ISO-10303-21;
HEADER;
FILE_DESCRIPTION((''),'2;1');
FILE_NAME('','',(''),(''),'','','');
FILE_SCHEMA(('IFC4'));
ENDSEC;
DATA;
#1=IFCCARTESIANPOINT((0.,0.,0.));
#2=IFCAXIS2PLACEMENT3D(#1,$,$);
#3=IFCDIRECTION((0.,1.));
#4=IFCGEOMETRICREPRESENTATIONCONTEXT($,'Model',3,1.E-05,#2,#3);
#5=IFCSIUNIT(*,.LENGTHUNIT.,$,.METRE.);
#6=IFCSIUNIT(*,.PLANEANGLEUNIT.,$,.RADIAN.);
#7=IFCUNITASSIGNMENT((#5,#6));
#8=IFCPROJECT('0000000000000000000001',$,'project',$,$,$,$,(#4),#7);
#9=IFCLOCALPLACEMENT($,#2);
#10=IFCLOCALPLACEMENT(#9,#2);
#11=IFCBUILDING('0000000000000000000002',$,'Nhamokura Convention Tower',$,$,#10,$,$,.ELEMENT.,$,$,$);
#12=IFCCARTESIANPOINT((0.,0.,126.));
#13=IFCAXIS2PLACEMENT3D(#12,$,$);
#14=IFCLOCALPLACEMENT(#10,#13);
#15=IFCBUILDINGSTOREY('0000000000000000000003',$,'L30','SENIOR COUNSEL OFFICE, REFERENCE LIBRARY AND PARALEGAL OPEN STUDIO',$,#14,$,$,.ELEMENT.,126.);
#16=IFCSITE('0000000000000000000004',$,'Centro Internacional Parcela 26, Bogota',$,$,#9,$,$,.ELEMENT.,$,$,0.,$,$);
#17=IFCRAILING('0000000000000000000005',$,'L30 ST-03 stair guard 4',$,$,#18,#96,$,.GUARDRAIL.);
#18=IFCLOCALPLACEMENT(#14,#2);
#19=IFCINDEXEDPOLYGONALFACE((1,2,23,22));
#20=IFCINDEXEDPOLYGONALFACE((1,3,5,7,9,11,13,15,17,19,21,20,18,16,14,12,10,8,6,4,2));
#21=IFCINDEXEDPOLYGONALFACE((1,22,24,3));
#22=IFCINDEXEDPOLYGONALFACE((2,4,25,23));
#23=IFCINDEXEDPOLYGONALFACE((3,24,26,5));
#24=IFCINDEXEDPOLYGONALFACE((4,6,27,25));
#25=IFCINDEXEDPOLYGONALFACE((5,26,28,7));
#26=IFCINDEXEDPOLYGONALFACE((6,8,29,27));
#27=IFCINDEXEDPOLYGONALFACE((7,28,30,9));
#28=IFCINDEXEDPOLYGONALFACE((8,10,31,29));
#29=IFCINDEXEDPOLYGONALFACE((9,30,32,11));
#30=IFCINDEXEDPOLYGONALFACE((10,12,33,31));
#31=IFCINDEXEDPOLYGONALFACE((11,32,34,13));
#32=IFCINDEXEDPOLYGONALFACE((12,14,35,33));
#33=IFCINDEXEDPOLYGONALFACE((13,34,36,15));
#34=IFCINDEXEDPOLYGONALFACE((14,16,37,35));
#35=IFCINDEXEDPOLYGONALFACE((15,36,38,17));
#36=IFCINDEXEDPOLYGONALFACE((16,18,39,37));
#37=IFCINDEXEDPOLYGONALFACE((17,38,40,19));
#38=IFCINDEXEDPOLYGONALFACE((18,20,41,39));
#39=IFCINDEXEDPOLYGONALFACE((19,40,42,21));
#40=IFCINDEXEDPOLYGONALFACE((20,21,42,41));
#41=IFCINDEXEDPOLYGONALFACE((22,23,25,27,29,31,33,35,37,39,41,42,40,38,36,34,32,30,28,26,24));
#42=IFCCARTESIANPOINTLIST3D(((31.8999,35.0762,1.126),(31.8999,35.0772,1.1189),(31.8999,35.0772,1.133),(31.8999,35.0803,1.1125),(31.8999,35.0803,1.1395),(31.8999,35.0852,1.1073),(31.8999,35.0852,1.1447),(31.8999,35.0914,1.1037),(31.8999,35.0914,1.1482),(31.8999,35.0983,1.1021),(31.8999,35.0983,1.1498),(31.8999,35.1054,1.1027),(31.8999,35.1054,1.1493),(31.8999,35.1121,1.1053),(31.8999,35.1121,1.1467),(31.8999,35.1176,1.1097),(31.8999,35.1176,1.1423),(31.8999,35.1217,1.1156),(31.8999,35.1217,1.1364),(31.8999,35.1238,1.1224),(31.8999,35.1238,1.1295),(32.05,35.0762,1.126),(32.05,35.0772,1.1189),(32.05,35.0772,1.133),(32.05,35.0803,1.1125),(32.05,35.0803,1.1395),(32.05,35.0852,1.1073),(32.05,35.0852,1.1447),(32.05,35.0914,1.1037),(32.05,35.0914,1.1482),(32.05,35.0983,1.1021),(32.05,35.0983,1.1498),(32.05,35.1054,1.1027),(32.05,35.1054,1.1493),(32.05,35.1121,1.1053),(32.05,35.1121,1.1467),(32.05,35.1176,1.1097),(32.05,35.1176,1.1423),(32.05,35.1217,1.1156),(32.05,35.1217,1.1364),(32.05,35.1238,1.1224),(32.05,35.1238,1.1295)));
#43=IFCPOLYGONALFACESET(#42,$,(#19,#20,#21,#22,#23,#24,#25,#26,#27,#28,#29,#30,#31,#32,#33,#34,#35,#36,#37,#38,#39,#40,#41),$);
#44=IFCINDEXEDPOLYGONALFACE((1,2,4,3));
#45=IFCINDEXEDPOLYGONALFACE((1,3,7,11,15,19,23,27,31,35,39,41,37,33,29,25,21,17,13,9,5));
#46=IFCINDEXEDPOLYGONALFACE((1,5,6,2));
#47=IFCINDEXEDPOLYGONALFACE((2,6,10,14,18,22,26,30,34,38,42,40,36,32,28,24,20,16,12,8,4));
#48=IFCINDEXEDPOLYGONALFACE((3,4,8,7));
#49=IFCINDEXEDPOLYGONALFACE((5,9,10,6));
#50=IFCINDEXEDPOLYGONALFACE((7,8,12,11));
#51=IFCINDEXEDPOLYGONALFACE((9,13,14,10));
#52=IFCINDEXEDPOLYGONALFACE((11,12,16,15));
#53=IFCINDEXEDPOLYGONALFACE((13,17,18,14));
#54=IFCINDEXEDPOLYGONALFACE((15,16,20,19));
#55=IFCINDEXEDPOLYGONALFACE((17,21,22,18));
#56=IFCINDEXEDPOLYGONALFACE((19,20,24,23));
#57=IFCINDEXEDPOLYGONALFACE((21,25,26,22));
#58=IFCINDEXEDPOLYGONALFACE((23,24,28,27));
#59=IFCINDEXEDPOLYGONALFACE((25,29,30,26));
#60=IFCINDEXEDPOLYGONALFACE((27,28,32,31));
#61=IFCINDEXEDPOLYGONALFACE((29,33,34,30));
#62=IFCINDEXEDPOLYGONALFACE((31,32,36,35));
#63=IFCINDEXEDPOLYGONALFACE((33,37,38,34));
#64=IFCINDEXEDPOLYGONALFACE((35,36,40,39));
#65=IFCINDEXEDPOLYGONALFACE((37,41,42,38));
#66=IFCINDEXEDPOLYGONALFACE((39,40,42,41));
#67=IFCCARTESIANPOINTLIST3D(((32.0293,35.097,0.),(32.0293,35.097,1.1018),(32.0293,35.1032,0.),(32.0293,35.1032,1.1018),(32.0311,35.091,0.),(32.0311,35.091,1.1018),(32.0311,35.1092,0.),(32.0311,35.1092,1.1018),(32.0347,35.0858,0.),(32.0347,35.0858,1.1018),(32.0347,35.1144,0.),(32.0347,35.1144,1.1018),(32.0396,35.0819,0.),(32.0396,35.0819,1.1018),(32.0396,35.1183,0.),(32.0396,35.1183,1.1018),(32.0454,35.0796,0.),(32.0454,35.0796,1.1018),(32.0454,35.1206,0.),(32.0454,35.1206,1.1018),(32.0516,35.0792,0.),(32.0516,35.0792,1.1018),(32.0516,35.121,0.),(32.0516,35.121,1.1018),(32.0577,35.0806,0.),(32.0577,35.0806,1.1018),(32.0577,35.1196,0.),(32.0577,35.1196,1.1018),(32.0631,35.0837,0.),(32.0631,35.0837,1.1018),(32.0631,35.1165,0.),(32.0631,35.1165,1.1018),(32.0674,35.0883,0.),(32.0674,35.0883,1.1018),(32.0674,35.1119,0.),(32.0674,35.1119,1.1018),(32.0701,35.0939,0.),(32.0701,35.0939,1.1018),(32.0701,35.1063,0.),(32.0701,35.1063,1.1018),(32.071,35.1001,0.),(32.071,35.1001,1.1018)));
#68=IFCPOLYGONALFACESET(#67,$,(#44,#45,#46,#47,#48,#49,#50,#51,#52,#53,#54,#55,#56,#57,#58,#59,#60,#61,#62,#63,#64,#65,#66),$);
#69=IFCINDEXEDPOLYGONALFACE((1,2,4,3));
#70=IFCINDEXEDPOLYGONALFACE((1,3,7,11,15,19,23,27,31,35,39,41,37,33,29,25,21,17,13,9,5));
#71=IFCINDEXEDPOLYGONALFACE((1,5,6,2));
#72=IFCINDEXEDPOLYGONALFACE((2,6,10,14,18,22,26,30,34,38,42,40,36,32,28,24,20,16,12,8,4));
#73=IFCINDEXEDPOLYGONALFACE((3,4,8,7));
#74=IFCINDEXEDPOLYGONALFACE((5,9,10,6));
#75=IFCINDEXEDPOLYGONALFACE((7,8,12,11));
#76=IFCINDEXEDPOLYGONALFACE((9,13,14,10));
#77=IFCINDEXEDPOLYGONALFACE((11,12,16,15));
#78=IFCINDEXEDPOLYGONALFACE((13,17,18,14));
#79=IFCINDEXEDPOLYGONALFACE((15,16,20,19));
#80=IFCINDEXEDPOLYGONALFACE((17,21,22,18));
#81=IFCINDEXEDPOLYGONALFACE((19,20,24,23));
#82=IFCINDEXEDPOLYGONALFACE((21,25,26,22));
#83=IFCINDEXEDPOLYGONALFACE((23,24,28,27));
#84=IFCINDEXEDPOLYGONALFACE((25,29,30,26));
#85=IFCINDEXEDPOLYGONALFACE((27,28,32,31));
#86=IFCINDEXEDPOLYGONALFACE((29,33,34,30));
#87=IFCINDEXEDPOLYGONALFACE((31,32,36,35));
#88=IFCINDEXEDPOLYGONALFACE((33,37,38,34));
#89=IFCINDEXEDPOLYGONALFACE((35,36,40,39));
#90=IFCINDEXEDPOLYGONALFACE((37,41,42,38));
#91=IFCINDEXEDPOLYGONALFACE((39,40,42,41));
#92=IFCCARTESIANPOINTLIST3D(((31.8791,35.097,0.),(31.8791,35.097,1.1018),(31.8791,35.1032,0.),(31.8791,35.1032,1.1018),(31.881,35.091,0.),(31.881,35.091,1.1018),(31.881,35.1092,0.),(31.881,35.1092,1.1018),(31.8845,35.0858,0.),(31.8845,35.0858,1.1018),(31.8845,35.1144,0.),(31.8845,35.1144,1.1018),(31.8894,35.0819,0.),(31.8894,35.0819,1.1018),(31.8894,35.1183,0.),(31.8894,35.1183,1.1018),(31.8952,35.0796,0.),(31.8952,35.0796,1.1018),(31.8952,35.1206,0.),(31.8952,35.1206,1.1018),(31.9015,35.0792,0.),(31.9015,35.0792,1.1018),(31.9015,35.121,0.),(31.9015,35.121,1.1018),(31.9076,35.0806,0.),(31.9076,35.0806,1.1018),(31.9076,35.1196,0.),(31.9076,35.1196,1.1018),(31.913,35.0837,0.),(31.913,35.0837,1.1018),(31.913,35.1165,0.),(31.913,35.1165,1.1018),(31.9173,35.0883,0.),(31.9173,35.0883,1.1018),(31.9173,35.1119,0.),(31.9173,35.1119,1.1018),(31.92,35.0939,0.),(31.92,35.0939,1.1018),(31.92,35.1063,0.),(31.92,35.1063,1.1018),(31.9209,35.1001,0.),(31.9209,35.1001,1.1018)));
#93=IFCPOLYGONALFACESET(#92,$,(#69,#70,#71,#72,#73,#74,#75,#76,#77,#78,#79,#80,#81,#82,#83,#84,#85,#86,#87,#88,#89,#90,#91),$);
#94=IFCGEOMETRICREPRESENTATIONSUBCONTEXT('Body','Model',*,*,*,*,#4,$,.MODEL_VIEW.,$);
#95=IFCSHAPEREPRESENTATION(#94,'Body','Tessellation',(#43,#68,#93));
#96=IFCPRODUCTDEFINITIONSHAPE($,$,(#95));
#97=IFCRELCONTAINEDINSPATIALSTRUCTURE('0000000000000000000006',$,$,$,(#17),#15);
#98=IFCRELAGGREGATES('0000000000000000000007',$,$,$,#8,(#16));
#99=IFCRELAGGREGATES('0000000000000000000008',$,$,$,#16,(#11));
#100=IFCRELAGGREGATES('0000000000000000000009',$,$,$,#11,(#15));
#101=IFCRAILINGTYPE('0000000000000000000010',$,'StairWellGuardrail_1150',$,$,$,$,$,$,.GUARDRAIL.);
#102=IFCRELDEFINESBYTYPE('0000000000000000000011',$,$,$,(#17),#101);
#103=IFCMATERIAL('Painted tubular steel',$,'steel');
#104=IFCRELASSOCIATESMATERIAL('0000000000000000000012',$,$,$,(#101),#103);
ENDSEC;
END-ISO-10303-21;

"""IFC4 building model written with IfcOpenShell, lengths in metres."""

from ifc_helpers import new_model, si_unit, direction, frame, origin, origin_2d, place, context, subcontext, project, spatial, circle, extrude, material, type_object, element, save


model = new_model("IFC4")

# Units and contexts
model_context = context("Model", 3, precision=1e-05, world=origin(), true_north=direction((0.0, 1.0)))
body_context = subcontext(model_context, "Body", "Model", "MODEL_VIEW")
ifc_project = project(units=[si_unit("LENGTHUNIT", "METRE"), si_unit("PLANEANGLEUNIT", "RADIAN")], contexts=[model_context])

# Site, building, storey
site_placement = place(None, origin())
site = spatial("IfcSite", under=ifc_project, at=site_placement, Name="Centro Internacional Parcela 26, Bogota", CompositionType="ELEMENT", RefElevation=0.0)
building_placement = place(site_placement, origin())
building = spatial("IfcBuilding", under=site, at=building_placement, Name="Nhamokura Convention Tower", CompositionType="ELEMENT")
storey_placement = place(building_placement, frame((0.0, 0.0, 126.0)))
storey = spatial("IfcBuildingStorey", under=building, at=storey_placement, Name="L30", Description="SENIOR COUNSEL OFFICE, REFERENCE LIBRARY AND PARALEGAL OPEN STUDIO", CompositionType="ELEMENT", Elevation=126.0)

# Railing
ifc_material_1 = material(Name="Painted tubular steel", Category="steel")
railing_type_1 = type_object("IfcRailingType", Name="StairWellGuardrail_1150", PredefinedType="GUARDRAIL", material=ifc_material_1)
railing_1_placement = place(storey_placement, frame((32.05, 35.1001, 0.0)))
element("IfcRailing", 1, at=railing_1_placement, inside=storey, type_object=railing_type_1, Name="L30 ST-03 stair guard 4", PredefinedType="GUARDRAIL", context=body_context, shape_type="SweptSolid", body=[
    extrude(circle(Radius=0.0239, at=origin_2d()), frame((0.0, 0.0, 1.126), z_axis=(-1.0, 0.0, 0.0), x_axis=(0.0, -1.0, 0.0)), (0.0, 0.0, 1.0), 0.1501),
    extrude(circle(Radius=0.021, at=origin_2d()), origin(), (0.0, 0.0, 1.0), 1.1018),
    extrude(circle(Radius=0.021, at=origin_2d()), frame((-0.1501, 0.0, 0.0)), (0.0, 0.0, 1.0), 1.1018),
])

save(model, "model.ifc")
